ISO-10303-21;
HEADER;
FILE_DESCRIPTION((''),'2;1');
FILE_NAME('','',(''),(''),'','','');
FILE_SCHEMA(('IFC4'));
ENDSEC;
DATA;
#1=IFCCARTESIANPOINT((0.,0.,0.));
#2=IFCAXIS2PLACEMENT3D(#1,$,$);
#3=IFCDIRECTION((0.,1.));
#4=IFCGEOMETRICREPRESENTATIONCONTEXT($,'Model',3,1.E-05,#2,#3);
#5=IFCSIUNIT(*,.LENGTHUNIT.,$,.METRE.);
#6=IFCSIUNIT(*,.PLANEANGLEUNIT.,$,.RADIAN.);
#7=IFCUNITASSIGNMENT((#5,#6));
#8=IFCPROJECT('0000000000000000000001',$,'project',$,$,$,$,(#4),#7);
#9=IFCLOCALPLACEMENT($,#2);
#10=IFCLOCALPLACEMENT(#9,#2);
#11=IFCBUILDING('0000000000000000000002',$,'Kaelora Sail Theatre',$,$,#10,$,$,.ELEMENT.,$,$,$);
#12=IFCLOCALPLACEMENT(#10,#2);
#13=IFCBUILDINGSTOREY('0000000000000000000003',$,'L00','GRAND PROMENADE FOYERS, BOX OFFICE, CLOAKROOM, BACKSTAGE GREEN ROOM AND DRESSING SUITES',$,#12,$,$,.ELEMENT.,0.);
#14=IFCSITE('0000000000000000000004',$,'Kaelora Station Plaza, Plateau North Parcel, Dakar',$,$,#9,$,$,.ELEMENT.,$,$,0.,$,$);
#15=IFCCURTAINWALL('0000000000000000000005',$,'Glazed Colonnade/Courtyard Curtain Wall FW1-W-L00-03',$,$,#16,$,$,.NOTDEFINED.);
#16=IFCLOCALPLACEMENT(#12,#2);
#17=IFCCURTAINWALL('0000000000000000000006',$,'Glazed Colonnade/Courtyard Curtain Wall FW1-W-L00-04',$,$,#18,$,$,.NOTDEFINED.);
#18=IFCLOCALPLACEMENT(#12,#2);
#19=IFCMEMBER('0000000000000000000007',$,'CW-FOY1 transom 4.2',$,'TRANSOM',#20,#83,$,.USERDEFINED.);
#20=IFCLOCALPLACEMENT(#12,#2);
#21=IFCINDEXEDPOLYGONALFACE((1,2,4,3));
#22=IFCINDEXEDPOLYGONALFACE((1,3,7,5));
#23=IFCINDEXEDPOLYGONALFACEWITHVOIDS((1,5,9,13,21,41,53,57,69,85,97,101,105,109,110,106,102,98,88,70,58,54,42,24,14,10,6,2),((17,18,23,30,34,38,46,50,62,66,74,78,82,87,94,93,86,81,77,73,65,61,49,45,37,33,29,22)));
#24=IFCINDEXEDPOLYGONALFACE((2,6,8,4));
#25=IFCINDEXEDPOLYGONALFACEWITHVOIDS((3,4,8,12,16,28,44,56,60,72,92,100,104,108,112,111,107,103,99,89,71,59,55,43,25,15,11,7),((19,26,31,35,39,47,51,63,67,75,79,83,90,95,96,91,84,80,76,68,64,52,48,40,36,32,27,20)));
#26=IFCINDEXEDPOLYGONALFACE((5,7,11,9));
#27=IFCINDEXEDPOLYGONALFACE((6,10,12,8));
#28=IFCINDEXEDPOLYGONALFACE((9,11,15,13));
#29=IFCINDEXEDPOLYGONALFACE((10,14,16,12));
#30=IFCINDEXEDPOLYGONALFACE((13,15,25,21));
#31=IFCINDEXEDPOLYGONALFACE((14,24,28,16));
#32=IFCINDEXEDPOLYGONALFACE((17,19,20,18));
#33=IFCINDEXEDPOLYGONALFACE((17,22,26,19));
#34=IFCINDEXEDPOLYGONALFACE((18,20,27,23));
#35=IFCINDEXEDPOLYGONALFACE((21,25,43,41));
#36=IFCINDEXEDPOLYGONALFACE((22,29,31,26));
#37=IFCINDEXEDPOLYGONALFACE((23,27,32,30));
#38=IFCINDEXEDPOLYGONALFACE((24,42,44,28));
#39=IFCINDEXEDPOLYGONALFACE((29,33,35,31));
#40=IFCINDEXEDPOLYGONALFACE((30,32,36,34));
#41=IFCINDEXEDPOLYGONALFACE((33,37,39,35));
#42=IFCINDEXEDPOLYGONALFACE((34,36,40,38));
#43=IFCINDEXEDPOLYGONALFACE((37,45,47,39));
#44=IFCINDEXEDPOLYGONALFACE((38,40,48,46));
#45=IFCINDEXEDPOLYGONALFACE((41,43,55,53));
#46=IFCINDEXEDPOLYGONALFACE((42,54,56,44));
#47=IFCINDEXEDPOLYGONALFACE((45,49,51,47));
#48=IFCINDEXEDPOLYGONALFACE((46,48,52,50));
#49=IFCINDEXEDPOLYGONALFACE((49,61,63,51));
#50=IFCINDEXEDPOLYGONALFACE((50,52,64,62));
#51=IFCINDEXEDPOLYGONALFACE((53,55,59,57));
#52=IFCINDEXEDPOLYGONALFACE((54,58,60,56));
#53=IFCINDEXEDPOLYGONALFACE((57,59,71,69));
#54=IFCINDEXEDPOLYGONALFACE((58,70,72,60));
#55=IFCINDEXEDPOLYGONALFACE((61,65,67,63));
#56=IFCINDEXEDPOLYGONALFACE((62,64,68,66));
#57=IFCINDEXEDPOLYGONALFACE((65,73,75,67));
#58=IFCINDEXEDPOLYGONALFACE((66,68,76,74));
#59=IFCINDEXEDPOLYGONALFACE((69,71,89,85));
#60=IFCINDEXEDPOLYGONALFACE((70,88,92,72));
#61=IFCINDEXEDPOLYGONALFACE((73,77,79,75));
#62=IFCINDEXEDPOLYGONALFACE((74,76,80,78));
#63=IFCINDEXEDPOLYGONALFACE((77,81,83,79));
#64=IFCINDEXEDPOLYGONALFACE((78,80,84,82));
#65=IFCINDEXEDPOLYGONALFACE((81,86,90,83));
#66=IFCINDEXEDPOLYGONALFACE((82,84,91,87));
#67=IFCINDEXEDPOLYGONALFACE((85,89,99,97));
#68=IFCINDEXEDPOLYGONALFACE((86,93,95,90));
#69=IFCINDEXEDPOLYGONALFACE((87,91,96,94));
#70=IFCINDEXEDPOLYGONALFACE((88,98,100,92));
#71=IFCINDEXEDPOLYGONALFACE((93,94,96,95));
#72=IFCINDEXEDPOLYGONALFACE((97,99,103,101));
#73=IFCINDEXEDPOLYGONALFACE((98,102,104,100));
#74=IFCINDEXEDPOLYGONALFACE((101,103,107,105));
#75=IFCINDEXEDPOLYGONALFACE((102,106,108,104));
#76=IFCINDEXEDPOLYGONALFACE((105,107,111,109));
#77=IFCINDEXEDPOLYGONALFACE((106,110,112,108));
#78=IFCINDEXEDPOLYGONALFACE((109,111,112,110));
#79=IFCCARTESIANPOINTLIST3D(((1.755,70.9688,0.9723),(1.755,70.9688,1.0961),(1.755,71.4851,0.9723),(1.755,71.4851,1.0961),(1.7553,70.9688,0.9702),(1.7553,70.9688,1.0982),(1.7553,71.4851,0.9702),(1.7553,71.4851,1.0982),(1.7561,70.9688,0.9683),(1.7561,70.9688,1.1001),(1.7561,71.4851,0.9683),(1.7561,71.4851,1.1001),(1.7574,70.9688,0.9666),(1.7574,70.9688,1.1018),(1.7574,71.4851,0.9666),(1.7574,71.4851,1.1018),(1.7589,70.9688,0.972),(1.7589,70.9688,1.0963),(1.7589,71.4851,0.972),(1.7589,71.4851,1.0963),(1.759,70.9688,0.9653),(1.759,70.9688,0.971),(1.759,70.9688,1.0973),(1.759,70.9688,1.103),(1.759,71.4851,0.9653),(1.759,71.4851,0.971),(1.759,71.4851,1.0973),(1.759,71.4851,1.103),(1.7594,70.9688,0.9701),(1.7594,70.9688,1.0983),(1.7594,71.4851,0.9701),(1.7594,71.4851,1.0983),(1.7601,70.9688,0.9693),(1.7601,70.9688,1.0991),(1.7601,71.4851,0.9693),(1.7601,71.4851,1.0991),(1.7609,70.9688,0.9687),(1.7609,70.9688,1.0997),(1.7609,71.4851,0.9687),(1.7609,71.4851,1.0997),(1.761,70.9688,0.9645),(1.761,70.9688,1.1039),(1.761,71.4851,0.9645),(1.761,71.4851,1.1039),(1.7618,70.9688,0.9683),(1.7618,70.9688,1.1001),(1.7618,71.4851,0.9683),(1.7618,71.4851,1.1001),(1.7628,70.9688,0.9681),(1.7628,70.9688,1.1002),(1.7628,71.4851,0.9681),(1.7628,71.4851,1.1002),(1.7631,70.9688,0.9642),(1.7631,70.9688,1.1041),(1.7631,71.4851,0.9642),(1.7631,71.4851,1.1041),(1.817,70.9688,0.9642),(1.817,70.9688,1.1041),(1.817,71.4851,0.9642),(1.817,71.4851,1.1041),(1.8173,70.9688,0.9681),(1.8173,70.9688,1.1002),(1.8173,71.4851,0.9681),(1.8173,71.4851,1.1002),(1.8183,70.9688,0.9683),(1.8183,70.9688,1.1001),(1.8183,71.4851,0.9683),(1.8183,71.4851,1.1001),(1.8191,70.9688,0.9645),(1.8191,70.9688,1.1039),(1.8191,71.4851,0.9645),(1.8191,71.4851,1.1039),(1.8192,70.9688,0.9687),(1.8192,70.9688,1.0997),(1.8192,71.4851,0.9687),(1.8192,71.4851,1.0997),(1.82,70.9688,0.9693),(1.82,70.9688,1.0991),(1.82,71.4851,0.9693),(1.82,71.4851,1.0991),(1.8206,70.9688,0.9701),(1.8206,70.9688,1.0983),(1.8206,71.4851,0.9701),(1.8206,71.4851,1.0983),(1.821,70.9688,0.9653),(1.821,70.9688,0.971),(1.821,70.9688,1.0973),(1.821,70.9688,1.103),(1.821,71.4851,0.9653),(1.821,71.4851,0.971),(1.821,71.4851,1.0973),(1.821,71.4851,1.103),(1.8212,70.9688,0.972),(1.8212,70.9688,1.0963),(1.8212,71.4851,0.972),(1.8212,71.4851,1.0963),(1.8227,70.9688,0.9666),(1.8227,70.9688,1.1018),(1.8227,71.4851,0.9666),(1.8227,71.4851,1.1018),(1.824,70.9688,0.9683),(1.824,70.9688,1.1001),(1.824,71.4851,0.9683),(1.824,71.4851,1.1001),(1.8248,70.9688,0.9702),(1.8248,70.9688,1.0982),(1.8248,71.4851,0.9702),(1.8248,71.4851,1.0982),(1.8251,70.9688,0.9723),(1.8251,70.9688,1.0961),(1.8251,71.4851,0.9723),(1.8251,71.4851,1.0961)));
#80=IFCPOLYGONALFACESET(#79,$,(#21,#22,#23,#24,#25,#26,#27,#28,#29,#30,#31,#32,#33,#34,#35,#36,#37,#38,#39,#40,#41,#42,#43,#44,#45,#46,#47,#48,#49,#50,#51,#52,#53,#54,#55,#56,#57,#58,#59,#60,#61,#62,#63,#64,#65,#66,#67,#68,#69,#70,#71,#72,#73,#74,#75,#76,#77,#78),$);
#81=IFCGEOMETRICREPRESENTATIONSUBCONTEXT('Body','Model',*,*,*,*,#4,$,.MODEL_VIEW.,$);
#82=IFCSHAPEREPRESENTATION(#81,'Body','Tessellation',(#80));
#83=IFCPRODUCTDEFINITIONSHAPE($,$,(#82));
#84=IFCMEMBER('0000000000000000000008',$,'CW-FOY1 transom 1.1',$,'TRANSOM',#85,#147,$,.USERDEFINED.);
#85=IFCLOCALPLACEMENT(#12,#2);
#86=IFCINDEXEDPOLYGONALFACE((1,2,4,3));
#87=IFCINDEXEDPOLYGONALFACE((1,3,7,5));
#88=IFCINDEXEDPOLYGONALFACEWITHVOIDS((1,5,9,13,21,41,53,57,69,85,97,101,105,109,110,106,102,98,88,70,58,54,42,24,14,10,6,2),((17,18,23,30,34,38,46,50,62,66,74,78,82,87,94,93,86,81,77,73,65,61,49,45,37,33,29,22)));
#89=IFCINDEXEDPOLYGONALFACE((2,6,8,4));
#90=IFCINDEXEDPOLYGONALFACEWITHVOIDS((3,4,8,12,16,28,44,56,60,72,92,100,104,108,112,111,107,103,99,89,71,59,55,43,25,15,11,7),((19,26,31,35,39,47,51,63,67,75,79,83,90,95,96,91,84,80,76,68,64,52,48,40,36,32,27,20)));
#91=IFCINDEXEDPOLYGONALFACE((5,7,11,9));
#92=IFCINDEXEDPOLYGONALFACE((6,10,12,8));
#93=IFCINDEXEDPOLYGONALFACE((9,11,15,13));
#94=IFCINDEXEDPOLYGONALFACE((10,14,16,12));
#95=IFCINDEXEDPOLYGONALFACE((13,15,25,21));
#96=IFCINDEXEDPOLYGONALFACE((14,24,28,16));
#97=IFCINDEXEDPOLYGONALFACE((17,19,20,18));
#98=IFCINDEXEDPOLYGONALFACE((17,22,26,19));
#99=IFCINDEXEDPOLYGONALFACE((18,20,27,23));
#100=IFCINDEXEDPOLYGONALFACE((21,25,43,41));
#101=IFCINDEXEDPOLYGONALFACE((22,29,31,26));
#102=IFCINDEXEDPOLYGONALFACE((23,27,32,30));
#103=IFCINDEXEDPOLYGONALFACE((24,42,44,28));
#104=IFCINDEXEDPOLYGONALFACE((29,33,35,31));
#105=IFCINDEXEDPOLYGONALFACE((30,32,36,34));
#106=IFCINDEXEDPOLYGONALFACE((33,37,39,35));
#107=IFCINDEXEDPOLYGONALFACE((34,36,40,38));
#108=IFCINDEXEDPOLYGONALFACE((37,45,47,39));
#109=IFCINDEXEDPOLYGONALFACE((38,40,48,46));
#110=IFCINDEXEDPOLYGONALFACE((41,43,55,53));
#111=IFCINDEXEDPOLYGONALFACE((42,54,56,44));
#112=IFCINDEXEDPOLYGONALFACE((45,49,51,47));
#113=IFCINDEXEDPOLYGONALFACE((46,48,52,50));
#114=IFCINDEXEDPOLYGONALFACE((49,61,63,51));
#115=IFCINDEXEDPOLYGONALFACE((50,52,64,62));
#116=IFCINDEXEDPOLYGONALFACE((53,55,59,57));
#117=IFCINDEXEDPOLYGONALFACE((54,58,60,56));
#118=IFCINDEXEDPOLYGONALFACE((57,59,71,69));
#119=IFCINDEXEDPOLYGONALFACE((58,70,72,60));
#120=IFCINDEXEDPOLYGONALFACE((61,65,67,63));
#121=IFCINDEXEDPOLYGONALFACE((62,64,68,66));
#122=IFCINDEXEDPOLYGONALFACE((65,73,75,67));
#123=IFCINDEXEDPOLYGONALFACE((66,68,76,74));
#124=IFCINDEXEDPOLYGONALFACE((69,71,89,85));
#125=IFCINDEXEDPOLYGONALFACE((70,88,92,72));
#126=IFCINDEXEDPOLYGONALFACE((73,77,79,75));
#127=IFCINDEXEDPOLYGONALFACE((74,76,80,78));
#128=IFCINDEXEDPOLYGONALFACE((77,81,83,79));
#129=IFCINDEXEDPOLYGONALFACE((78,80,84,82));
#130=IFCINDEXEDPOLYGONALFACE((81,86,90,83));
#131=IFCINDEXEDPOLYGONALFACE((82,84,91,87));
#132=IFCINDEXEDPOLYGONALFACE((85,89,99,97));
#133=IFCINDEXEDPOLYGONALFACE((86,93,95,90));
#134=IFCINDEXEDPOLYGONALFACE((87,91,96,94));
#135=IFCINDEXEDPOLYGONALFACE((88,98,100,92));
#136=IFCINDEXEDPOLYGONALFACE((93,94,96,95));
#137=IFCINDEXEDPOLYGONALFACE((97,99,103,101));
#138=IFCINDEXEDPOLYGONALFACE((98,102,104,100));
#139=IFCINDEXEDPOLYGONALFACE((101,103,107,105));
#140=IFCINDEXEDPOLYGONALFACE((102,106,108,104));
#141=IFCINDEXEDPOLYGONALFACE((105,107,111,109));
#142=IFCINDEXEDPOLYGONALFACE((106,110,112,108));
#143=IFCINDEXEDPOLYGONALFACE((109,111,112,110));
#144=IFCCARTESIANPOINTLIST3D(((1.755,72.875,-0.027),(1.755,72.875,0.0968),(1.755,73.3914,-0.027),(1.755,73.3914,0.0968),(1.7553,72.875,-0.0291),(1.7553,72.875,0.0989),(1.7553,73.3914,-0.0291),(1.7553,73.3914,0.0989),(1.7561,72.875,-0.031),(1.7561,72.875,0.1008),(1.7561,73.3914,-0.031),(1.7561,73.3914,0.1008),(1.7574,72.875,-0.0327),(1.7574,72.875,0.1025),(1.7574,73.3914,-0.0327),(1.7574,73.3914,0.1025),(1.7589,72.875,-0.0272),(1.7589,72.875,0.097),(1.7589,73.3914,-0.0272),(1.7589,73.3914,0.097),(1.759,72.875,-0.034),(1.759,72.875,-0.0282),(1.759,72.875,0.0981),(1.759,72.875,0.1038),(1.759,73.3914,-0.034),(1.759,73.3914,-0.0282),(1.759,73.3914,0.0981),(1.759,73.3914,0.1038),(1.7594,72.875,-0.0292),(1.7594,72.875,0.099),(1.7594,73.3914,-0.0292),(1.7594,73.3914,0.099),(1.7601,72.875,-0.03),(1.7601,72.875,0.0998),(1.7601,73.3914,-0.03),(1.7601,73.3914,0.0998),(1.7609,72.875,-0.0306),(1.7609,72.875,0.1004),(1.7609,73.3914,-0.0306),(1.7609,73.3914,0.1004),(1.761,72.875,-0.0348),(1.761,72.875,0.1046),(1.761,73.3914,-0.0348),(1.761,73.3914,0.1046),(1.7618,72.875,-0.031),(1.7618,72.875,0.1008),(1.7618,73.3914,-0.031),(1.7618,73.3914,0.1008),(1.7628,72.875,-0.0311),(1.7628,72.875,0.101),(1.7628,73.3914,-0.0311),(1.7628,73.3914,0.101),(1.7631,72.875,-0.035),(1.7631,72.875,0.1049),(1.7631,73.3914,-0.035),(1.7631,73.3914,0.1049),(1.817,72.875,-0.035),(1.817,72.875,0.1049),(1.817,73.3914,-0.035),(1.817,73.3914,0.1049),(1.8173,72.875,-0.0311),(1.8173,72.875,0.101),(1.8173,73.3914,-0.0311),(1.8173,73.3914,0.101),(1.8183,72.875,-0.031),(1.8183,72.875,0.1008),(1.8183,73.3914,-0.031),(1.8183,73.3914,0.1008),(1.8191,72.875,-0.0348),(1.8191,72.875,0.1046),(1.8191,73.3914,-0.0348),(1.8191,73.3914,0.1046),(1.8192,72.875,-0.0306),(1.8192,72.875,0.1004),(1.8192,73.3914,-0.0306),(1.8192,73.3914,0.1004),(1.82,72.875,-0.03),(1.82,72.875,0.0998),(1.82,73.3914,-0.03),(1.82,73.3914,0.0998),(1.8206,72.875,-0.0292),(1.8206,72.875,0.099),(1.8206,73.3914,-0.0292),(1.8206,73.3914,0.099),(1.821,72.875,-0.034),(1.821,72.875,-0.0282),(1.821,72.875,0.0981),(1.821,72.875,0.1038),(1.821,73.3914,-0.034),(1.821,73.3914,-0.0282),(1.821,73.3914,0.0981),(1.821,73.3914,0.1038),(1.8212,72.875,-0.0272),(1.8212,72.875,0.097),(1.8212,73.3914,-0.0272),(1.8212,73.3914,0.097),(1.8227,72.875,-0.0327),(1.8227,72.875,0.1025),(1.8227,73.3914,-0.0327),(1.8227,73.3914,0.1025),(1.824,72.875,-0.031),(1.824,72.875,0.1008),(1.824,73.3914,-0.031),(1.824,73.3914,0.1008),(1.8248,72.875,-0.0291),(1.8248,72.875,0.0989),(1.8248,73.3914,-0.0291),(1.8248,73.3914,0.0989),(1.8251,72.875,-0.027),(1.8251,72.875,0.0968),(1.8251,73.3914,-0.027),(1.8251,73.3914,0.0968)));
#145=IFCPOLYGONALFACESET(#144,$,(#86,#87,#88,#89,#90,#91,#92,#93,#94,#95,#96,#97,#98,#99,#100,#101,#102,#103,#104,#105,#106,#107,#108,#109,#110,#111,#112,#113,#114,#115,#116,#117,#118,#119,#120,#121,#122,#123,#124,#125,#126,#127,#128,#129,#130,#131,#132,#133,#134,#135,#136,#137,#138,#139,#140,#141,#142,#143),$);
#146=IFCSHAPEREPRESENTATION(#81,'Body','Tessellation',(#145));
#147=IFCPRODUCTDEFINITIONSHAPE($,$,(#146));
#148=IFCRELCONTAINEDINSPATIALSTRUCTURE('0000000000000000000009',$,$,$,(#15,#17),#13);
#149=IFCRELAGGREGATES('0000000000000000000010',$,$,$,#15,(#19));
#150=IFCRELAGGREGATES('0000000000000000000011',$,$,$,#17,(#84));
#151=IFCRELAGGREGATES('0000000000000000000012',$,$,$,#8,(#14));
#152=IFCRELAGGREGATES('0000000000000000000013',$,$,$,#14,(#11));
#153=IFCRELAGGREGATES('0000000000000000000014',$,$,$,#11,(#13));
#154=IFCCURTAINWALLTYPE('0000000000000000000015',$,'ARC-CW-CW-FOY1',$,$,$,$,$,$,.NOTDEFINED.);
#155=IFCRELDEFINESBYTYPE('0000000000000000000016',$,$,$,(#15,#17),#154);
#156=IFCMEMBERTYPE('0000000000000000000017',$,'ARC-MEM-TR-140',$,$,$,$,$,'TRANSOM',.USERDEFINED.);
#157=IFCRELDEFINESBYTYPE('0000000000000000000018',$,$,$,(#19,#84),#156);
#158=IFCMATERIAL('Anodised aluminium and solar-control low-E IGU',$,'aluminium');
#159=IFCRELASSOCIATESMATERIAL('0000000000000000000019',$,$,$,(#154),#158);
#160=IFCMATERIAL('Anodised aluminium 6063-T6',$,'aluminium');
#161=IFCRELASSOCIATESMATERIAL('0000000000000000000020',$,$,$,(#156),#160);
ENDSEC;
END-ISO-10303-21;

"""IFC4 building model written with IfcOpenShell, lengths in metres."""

from ifc_helpers import new_model, si_unit, direction, frame, origin, origin_2d, place, context, subcontext, project, spatial, hollow_rectangle, extrude, material, material_profile, profile_set, type_object, element, aggregate, save


model = new_model("IFC4")

# Units and contexts
model_context = context("Model", 3, precision=1e-05, world=origin(), true_north=direction((0.0, 1.0)))
body_context = subcontext(model_context, "Body", "Model", "MODEL_VIEW")
ifc_project = project(units=[si_unit("LENGTHUNIT", "METRE"), si_unit("PLANEANGLEUNIT", "RADIAN")], contexts=[model_context])

# Site, building, storey
site_placement = place(None, origin())
site = spatial("IfcSite", under=ifc_project, at=site_placement, Name="Kaelora Station Plaza, Plateau North Parcel, Dakar", CompositionType="ELEMENT", RefElevation=0.0)
building_placement = place(site_placement, origin())
building = spatial("IfcBuilding", under=site, at=building_placement, Name="Kaelora Sail Theatre", CompositionType="ELEMENT")
storey_placement = place(building_placement, origin())
storey = spatial("IfcBuildingStorey", under=building, at=storey_placement, Name="L00", Description="GRAND PROMENADE FOYERS, BOX OFFICE, CLOAKROOM, BACKSTAGE GREEN ROOM AND DRESSING SUITES", CompositionType="ELEMENT", Elevation=0.0)

# Curtain walls
ifc_material_1 = material(Name="Anodised aluminium and solar-control low-E IGU", Category="aluminium")
curtain_wall_type = type_object("IfcCurtainWallType", Name="ARC-CW-CW-FOY1", PredefinedType="NOTDEFINED", material=ifc_material_1)
curtain_wall_1_placement = place(storey_placement, origin())
curtain_wall_1 = element("IfcCurtainWall", 1, at=curtain_wall_1_placement, inside=storey, type_object=curtain_wall_type, Name="Glazed Colonnade/Courtyard Curtain Wall FW1-W-L00-03", PredefinedType="NOTDEFINED")
curtain_wall_2_placement = place(storey_placement, origin())
curtain_wall_2 = element("IfcCurtainWall", 2, at=curtain_wall_2_placement, inside=storey, type_object=curtain_wall_type, Name="Glazed Colonnade/Courtyard Curtain Wall FW1-W-L00-04", PredefinedType="NOTDEFINED")

# Members
ifc_material_2 = material(Name="Anodised aluminium 6063-T6", Category="aluminium")
ifc_material_profile_1 = material_profile(ifc_material_2, hollow_rectangle(XDim=0.0701, YDim=0.1399, WallThickness=0.0039, InnerFilletRadius=0.0039, OuterFilletRadius=0.0081, at=origin_2d()), Name="ALU-TRAN 70x140x4")
ifc_profile_set_1 = profile_set([ifc_material_profile_1], Name="Anodised aluminium 6063-T6")
member_type_1 = type_object("IfcMemberType", Name="ARC-MEM-TR-140", ElementType="TRANSOM", PredefinedType="USERDEFINED", material=ifc_profile_set_1)
member_1_placement = place(storey_placement, frame((1.79, 70.9688, 1.0342), z_axis=(0.0, 1.0, 0.0), x_axis=(-1.0, 0.0, 0.0)))
member_1 = element("IfcMember", 3, at=member_1_placement, type_object=member_type_1, Name="CW-FOY1 transom 4.2", ObjectType="TRANSOM", PredefinedType="USERDEFINED", context=body_context, shape_type="SweptSolid", body=[
    extrude(hollow_rectangle(XDim=0.0701, YDim=0.1399, WallThickness=0.0039, InnerFilletRadius=0.0039, OuterFilletRadius=0.0081, at=origin_2d()), origin(), (0.0, 0.0, 1.0), 0.5164),
])
member_2_placement = place(storey_placement, frame((1.79, 72.875, 0.0349), z_axis=(0.0, 1.0, 0.0), x_axis=(-1.0, 0.0, 0.0)))
member_2 = element("IfcMember", 4, at=member_2_placement, type_object=member_type_1, Name="CW-FOY1 transom 1.1", ObjectType="TRANSOM", PredefinedType="USERDEFINED", context=body_context, shape_type="SweptSolid", body=[
    extrude(hollow_rectangle(XDim=0.0701, YDim=0.1399, WallThickness=0.0039, InnerFilletRadius=0.0039, OuterFilletRadius=0.0081, at=origin_2d()), origin(), (0.0, 0.0, 1.0), 0.5164),
])

aggregate(curtain_wall_1, [member_1])
aggregate(curtain_wall_2, [member_2])

save(model, "model.ifc")
